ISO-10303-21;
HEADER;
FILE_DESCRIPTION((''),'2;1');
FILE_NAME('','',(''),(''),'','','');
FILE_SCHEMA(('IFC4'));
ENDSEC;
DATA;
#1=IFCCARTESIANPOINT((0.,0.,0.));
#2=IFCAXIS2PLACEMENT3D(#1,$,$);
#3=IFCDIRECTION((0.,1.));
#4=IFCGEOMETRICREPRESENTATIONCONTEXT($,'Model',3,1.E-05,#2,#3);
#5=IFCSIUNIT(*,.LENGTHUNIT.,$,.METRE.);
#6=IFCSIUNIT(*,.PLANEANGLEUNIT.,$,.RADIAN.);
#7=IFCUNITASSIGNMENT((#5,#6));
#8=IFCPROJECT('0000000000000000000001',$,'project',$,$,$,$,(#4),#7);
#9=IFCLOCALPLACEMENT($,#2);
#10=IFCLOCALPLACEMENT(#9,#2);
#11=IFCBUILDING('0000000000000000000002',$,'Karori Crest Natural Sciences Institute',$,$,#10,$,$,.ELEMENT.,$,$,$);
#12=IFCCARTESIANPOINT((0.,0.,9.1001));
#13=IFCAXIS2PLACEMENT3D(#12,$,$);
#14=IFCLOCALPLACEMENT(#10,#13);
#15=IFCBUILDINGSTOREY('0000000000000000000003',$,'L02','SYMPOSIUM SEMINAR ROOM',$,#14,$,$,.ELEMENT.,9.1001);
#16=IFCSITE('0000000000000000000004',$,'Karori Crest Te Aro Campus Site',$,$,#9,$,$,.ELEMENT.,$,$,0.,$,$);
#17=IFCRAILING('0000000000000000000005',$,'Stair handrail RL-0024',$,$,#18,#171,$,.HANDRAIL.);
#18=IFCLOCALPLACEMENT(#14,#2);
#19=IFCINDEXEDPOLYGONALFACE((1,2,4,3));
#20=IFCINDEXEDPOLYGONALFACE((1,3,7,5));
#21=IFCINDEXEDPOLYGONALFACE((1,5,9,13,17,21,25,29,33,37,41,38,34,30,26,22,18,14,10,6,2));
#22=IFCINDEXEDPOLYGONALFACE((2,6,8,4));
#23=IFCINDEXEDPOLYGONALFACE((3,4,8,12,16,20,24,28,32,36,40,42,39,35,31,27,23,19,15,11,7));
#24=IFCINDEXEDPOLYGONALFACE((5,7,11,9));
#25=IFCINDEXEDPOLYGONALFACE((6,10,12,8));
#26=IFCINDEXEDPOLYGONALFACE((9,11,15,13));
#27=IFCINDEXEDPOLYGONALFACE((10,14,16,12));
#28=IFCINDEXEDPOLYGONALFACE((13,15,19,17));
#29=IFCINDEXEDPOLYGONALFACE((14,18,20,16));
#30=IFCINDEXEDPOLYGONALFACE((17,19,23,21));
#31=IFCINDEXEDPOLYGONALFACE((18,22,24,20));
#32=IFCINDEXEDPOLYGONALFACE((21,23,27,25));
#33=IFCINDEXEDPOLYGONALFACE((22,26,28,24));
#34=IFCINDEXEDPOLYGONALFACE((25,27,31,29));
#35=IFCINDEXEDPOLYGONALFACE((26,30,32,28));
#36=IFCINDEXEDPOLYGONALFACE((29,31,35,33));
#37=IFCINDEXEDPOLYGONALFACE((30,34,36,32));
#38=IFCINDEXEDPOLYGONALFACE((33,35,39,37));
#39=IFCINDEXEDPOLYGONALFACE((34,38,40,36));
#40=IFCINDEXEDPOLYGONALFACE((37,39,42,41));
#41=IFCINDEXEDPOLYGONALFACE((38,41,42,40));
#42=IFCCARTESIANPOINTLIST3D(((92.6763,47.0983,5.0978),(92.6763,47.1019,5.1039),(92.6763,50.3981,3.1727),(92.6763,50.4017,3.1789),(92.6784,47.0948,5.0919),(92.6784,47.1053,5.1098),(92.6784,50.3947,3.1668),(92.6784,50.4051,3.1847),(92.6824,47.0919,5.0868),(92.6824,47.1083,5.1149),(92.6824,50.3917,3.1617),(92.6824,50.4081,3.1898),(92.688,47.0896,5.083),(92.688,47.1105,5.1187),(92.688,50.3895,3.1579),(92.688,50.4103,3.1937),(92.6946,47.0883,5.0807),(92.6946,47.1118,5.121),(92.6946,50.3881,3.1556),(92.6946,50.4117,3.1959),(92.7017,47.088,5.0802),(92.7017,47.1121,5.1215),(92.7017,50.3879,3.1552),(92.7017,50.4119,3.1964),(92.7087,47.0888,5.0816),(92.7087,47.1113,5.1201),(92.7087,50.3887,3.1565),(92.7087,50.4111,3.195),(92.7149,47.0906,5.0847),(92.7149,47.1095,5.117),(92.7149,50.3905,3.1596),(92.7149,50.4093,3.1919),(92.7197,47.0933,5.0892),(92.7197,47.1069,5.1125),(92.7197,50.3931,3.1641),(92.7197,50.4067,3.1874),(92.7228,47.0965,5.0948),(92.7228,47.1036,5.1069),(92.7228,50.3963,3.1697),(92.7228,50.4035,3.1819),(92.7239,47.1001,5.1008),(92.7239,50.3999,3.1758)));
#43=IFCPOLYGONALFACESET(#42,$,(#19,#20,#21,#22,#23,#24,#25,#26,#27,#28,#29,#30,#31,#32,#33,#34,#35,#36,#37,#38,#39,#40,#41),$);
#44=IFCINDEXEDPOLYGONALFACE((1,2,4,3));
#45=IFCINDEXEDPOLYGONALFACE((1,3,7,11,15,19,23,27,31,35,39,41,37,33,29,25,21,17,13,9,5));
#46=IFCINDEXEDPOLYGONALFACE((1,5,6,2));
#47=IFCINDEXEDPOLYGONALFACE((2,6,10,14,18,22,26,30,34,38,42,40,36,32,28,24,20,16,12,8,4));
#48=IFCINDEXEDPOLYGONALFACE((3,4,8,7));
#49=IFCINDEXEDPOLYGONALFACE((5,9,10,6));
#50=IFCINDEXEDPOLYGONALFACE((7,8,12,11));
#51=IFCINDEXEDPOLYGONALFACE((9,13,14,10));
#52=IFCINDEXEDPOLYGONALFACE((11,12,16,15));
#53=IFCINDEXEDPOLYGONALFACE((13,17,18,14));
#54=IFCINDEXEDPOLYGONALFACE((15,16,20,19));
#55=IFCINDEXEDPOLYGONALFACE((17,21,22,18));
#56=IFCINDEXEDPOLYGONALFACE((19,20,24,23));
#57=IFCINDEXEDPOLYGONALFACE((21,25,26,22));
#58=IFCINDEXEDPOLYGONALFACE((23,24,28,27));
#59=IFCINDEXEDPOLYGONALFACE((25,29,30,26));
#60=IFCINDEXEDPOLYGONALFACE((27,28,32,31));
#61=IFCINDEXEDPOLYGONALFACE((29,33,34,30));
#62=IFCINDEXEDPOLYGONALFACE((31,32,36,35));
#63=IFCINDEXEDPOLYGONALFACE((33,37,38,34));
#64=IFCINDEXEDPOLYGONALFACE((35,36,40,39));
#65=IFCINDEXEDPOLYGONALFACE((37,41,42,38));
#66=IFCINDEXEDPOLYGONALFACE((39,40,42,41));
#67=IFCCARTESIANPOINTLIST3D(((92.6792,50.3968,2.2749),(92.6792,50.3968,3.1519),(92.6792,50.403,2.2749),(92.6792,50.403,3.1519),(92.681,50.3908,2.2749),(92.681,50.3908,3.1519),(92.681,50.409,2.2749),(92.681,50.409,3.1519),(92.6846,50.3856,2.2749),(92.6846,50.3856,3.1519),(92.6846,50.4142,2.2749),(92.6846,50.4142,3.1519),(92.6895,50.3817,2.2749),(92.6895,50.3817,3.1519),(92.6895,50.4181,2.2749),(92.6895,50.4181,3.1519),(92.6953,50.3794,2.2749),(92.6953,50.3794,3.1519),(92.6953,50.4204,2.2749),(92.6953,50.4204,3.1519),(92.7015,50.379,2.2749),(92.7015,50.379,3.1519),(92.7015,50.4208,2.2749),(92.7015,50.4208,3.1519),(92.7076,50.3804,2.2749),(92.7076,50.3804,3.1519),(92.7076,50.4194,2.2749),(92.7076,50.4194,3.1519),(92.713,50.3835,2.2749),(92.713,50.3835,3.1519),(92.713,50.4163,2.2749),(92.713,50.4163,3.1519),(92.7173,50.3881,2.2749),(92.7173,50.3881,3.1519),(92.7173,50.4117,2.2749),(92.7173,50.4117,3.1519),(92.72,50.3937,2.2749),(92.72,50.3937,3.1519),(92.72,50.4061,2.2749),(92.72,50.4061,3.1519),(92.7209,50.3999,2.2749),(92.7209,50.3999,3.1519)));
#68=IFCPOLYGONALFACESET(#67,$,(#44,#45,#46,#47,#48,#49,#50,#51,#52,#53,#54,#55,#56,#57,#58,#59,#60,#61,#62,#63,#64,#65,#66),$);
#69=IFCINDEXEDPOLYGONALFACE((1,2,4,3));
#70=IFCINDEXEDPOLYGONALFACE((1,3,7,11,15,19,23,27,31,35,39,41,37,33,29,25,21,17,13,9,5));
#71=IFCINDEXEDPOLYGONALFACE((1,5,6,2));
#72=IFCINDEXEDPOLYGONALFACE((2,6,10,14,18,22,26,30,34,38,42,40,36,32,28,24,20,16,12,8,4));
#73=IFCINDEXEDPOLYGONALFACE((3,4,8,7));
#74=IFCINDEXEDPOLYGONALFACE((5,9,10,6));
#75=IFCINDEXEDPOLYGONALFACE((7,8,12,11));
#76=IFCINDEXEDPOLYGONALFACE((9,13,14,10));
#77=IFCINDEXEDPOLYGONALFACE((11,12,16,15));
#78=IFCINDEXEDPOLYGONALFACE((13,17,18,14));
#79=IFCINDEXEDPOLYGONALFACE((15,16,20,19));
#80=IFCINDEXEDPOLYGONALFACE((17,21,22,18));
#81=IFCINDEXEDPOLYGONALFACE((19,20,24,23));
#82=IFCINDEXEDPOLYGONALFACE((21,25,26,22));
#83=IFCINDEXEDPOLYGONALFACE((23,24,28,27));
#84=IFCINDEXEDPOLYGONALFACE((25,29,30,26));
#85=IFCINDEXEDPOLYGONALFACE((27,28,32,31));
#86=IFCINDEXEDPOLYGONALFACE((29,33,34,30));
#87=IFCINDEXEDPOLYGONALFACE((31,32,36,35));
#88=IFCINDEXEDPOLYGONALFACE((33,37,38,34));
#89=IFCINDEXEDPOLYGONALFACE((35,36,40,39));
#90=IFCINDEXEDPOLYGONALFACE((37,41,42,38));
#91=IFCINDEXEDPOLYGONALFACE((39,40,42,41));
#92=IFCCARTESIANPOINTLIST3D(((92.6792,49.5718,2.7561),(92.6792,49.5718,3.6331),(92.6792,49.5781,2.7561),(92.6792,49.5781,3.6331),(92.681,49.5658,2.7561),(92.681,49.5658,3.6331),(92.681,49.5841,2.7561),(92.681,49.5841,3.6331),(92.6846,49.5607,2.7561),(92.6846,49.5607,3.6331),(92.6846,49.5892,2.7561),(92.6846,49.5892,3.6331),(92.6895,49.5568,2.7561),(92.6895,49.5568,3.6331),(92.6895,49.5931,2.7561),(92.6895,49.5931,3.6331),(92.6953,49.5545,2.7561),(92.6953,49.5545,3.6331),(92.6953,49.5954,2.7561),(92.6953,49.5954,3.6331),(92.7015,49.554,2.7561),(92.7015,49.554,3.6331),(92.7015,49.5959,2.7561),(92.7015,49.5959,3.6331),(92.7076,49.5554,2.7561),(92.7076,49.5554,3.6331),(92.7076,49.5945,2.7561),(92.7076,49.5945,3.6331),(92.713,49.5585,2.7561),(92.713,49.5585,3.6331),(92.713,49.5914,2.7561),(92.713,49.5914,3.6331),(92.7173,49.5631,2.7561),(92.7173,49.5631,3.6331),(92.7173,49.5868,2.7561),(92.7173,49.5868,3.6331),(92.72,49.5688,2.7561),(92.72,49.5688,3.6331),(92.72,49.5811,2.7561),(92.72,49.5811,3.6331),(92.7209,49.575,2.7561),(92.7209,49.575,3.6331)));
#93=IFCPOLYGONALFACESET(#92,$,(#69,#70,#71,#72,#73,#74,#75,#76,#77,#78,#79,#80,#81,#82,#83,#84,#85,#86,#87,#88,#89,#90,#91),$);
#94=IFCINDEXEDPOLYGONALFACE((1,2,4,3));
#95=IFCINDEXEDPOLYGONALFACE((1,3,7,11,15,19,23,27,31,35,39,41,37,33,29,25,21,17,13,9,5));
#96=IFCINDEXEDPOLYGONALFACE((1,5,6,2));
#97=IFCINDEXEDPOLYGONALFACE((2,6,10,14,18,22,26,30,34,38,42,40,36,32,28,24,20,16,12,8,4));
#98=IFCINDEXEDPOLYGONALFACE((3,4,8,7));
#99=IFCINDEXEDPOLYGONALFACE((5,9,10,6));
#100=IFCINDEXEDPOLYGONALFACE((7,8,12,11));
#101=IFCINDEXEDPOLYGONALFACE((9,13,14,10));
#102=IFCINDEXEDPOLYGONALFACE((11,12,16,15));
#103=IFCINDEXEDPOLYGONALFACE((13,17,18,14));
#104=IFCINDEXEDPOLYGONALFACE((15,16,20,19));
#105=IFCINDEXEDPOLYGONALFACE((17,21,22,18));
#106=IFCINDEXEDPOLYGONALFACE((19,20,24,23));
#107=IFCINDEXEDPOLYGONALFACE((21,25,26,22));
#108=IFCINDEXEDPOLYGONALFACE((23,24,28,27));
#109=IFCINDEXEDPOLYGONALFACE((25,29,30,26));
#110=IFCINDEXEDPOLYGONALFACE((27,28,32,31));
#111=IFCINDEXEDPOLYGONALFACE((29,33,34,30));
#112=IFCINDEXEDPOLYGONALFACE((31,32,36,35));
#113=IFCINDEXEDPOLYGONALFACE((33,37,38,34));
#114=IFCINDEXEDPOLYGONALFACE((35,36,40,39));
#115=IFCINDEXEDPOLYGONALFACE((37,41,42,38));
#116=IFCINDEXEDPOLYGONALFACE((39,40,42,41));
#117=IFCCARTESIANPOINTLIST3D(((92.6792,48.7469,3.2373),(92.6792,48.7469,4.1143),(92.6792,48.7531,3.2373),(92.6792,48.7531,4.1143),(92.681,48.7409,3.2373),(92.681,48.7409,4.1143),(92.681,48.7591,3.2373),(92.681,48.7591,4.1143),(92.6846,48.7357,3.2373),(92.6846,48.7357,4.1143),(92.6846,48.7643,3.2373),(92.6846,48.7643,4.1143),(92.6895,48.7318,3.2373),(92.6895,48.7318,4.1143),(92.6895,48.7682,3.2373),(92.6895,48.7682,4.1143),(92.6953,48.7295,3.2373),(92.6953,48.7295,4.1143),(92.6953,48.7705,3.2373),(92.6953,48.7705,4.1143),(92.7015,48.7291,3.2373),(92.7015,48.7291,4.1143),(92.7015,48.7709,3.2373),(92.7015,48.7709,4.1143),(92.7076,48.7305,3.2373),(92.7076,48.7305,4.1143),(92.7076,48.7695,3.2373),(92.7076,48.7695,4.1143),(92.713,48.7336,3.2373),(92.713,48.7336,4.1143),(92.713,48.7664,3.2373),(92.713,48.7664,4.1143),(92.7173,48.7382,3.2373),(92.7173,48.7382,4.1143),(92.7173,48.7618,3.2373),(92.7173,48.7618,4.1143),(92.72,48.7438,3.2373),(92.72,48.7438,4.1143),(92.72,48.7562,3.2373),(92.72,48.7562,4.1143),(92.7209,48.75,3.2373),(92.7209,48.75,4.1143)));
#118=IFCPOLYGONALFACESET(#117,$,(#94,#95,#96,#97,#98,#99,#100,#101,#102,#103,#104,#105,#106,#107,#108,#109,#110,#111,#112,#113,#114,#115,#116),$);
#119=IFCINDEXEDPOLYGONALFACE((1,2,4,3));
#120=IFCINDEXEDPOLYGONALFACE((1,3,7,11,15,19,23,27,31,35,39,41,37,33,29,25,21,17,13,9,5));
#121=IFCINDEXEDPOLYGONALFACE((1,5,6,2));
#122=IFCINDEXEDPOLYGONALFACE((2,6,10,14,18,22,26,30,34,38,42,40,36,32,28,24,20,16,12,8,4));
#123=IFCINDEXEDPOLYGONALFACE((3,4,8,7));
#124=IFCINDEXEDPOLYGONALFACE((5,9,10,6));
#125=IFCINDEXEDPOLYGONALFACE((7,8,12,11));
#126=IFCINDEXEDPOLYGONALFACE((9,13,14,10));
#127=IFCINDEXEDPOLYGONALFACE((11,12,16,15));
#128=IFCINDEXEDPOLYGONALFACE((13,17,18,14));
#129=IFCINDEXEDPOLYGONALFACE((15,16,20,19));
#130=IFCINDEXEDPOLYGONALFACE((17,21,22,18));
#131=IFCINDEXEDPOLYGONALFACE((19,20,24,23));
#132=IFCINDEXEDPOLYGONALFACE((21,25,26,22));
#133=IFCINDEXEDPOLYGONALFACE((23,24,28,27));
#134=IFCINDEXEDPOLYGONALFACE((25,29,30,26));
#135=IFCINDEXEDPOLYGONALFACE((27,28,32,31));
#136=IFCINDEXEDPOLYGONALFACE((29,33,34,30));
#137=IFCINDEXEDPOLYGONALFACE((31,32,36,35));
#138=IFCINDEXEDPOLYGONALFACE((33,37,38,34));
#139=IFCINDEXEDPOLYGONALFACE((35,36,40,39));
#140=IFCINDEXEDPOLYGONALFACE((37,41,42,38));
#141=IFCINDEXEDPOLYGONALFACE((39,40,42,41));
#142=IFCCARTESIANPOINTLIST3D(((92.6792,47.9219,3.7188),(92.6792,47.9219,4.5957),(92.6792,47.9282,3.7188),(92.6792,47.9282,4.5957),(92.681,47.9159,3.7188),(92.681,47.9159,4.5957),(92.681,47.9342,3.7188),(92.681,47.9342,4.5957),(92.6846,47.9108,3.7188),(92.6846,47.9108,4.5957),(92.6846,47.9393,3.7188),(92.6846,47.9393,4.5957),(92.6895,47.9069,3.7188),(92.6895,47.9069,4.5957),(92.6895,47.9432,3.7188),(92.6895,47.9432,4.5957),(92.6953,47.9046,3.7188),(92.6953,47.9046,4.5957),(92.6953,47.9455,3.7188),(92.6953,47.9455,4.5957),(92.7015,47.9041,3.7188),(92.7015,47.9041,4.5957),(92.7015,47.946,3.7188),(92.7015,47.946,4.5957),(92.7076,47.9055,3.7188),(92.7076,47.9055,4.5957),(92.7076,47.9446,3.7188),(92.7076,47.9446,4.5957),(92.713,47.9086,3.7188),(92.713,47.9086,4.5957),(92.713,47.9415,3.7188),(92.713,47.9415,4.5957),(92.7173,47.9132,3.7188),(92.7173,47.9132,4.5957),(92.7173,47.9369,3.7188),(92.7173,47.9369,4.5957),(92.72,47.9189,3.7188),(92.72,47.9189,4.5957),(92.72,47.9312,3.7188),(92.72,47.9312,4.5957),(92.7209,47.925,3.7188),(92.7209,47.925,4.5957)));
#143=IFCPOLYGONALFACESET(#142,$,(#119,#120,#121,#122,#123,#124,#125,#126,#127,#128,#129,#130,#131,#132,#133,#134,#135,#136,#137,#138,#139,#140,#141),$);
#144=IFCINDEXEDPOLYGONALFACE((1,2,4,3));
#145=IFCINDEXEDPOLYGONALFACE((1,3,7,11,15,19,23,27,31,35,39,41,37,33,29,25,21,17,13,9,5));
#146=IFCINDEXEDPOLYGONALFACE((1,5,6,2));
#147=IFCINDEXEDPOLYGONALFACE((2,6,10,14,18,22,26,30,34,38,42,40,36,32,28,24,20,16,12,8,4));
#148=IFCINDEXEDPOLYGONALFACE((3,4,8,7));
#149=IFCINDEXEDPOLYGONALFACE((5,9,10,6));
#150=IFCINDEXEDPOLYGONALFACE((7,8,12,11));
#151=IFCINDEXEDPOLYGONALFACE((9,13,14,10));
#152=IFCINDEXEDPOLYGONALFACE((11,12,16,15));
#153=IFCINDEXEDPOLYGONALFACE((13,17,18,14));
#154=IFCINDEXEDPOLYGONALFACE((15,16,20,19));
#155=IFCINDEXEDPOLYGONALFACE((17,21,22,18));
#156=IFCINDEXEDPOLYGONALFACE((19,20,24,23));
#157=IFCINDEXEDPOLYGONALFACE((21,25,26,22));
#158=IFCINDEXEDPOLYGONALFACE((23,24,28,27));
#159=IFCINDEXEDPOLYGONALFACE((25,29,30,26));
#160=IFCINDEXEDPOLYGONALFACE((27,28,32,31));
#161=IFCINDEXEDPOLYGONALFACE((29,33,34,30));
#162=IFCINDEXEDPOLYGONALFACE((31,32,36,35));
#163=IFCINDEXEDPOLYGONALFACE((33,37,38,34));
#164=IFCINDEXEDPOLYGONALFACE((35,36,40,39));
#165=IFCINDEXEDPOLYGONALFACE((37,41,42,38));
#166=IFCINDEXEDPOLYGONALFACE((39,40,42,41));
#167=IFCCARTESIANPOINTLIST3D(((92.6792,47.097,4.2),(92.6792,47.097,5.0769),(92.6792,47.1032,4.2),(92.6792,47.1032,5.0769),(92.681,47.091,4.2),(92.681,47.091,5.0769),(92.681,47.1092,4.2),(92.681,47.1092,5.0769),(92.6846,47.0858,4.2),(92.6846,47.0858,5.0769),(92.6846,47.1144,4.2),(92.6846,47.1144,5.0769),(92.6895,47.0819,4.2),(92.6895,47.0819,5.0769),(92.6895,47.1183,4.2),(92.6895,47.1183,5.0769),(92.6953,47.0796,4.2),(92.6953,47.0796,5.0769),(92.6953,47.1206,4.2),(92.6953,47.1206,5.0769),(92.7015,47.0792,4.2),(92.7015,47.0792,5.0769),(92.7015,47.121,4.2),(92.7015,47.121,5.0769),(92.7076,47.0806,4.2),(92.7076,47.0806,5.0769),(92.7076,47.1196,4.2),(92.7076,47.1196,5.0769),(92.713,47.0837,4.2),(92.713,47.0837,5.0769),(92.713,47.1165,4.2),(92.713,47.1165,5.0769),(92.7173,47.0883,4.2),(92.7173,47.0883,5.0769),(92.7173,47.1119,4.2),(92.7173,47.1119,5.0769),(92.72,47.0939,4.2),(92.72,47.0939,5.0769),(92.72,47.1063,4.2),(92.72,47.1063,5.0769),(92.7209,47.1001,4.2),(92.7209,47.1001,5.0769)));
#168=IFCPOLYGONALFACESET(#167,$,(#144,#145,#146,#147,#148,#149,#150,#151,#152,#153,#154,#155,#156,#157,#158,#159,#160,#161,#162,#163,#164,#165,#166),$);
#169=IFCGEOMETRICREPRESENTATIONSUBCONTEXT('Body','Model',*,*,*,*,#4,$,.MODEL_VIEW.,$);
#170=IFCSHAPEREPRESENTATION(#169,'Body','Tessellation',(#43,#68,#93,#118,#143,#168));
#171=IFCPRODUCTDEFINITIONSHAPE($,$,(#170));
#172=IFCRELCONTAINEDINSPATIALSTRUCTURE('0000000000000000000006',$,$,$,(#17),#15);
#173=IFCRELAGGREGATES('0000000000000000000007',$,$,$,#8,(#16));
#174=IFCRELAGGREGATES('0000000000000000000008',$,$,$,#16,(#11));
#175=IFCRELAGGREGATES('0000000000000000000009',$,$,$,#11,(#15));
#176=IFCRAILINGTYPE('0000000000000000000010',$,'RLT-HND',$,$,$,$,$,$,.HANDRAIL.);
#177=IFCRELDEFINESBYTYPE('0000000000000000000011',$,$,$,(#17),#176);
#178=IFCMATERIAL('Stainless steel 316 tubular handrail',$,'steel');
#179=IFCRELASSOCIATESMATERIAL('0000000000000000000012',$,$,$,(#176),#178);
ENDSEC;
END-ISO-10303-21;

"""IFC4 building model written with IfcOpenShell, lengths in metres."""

from ifc_helpers import new_model, si_unit, direction, frame, origin, origin_2d, place, context, subcontext, project, spatial, circle, extrude, material, type_object, element, save


model = new_model("IFC4")

# Units and contexts
model_context = context("Model", 3, precision=1e-05, world=origin(), true_north=direction((0.0, 1.0)))
body_context = subcontext(model_context, "Body", "Model", "MODEL_VIEW")
ifc_project = project(units=[si_unit("LENGTHUNIT", "METRE"), si_unit("PLANEANGLEUNIT", "RADIAN")], contexts=[model_context])

# Site, building, storey
site_placement = place(None, origin())
site = spatial("IfcSite", under=ifc_project, at=site_placement, Name="Karori Crest Te Aro Campus Site", CompositionType="ELEMENT", RefElevation=0.0)
building_placement = place(site_placement, origin())
building = spatial("IfcBuilding", under=site, at=building_placement, Name="Karori Crest Natural Sciences Institute", CompositionType="ELEMENT")
storey_placement = place(building_placement, frame((0.0, 0.0, 9.1001)))
storey = spatial("IfcBuildingStorey", under=building, at=storey_placement, Name="L02", Description="SYMPOSIUM SEMINAR ROOM", CompositionType="ELEMENT", Elevation=9.1001)

# Railing
ifc_material_1 = material(Name="Stainless steel 316 tubular handrail", Category="steel")
railing_type_1 = type_object("IfcRailingType", Name="RLT-HND", PredefinedType="HANDRAIL", material=ifc_material_1)
railing_1_placement = place(storey_placement, frame((92.7, 50.3999, 2.2749)))
element("IfcRailing", 1, at=railing_1_placement, inside=storey, type_object=railing_type_1, Name="Stair handrail RL-0024", PredefinedType="HANDRAIL", context=body_context, shape_type="SweptSolid", body=[
    extrude(circle(Radius=0.0239, at=origin_2d()), frame((0.0, 0.0, 0.9009), z_axis=(0.0, -0.86376, 0.503903), x_axis=(1.0, 0.0, 0.0)), (0.0, 0.0, 1.0), 3.8203),
    extrude(circle(Radius=0.021, at=origin_2d()), origin(), (0.0, 0.0, 1.0), 0.877),
    extrude(circle(Radius=0.021, at=origin_2d()), frame((0.0, -0.825, 0.4812)), (0.0, 0.0, 1.0), 0.877),
    extrude(circle(Radius=0.021, at=origin_2d()), frame((0.0, -1.6499, 0.9624)), (0.0, 0.0, 1.0), 0.877),
    extrude(circle(Radius=0.021, at=origin_2d()), frame((0.0, -2.4749, 1.4438)), (0.0, 0.0, 1.0), 0.877),
    extrude(circle(Radius=0.021, at=origin_2d()), frame((0.0, -3.2998, 1.925)), (0.0, 0.0, 1.0), 0.877),
])

save(model, "model.ifc")
